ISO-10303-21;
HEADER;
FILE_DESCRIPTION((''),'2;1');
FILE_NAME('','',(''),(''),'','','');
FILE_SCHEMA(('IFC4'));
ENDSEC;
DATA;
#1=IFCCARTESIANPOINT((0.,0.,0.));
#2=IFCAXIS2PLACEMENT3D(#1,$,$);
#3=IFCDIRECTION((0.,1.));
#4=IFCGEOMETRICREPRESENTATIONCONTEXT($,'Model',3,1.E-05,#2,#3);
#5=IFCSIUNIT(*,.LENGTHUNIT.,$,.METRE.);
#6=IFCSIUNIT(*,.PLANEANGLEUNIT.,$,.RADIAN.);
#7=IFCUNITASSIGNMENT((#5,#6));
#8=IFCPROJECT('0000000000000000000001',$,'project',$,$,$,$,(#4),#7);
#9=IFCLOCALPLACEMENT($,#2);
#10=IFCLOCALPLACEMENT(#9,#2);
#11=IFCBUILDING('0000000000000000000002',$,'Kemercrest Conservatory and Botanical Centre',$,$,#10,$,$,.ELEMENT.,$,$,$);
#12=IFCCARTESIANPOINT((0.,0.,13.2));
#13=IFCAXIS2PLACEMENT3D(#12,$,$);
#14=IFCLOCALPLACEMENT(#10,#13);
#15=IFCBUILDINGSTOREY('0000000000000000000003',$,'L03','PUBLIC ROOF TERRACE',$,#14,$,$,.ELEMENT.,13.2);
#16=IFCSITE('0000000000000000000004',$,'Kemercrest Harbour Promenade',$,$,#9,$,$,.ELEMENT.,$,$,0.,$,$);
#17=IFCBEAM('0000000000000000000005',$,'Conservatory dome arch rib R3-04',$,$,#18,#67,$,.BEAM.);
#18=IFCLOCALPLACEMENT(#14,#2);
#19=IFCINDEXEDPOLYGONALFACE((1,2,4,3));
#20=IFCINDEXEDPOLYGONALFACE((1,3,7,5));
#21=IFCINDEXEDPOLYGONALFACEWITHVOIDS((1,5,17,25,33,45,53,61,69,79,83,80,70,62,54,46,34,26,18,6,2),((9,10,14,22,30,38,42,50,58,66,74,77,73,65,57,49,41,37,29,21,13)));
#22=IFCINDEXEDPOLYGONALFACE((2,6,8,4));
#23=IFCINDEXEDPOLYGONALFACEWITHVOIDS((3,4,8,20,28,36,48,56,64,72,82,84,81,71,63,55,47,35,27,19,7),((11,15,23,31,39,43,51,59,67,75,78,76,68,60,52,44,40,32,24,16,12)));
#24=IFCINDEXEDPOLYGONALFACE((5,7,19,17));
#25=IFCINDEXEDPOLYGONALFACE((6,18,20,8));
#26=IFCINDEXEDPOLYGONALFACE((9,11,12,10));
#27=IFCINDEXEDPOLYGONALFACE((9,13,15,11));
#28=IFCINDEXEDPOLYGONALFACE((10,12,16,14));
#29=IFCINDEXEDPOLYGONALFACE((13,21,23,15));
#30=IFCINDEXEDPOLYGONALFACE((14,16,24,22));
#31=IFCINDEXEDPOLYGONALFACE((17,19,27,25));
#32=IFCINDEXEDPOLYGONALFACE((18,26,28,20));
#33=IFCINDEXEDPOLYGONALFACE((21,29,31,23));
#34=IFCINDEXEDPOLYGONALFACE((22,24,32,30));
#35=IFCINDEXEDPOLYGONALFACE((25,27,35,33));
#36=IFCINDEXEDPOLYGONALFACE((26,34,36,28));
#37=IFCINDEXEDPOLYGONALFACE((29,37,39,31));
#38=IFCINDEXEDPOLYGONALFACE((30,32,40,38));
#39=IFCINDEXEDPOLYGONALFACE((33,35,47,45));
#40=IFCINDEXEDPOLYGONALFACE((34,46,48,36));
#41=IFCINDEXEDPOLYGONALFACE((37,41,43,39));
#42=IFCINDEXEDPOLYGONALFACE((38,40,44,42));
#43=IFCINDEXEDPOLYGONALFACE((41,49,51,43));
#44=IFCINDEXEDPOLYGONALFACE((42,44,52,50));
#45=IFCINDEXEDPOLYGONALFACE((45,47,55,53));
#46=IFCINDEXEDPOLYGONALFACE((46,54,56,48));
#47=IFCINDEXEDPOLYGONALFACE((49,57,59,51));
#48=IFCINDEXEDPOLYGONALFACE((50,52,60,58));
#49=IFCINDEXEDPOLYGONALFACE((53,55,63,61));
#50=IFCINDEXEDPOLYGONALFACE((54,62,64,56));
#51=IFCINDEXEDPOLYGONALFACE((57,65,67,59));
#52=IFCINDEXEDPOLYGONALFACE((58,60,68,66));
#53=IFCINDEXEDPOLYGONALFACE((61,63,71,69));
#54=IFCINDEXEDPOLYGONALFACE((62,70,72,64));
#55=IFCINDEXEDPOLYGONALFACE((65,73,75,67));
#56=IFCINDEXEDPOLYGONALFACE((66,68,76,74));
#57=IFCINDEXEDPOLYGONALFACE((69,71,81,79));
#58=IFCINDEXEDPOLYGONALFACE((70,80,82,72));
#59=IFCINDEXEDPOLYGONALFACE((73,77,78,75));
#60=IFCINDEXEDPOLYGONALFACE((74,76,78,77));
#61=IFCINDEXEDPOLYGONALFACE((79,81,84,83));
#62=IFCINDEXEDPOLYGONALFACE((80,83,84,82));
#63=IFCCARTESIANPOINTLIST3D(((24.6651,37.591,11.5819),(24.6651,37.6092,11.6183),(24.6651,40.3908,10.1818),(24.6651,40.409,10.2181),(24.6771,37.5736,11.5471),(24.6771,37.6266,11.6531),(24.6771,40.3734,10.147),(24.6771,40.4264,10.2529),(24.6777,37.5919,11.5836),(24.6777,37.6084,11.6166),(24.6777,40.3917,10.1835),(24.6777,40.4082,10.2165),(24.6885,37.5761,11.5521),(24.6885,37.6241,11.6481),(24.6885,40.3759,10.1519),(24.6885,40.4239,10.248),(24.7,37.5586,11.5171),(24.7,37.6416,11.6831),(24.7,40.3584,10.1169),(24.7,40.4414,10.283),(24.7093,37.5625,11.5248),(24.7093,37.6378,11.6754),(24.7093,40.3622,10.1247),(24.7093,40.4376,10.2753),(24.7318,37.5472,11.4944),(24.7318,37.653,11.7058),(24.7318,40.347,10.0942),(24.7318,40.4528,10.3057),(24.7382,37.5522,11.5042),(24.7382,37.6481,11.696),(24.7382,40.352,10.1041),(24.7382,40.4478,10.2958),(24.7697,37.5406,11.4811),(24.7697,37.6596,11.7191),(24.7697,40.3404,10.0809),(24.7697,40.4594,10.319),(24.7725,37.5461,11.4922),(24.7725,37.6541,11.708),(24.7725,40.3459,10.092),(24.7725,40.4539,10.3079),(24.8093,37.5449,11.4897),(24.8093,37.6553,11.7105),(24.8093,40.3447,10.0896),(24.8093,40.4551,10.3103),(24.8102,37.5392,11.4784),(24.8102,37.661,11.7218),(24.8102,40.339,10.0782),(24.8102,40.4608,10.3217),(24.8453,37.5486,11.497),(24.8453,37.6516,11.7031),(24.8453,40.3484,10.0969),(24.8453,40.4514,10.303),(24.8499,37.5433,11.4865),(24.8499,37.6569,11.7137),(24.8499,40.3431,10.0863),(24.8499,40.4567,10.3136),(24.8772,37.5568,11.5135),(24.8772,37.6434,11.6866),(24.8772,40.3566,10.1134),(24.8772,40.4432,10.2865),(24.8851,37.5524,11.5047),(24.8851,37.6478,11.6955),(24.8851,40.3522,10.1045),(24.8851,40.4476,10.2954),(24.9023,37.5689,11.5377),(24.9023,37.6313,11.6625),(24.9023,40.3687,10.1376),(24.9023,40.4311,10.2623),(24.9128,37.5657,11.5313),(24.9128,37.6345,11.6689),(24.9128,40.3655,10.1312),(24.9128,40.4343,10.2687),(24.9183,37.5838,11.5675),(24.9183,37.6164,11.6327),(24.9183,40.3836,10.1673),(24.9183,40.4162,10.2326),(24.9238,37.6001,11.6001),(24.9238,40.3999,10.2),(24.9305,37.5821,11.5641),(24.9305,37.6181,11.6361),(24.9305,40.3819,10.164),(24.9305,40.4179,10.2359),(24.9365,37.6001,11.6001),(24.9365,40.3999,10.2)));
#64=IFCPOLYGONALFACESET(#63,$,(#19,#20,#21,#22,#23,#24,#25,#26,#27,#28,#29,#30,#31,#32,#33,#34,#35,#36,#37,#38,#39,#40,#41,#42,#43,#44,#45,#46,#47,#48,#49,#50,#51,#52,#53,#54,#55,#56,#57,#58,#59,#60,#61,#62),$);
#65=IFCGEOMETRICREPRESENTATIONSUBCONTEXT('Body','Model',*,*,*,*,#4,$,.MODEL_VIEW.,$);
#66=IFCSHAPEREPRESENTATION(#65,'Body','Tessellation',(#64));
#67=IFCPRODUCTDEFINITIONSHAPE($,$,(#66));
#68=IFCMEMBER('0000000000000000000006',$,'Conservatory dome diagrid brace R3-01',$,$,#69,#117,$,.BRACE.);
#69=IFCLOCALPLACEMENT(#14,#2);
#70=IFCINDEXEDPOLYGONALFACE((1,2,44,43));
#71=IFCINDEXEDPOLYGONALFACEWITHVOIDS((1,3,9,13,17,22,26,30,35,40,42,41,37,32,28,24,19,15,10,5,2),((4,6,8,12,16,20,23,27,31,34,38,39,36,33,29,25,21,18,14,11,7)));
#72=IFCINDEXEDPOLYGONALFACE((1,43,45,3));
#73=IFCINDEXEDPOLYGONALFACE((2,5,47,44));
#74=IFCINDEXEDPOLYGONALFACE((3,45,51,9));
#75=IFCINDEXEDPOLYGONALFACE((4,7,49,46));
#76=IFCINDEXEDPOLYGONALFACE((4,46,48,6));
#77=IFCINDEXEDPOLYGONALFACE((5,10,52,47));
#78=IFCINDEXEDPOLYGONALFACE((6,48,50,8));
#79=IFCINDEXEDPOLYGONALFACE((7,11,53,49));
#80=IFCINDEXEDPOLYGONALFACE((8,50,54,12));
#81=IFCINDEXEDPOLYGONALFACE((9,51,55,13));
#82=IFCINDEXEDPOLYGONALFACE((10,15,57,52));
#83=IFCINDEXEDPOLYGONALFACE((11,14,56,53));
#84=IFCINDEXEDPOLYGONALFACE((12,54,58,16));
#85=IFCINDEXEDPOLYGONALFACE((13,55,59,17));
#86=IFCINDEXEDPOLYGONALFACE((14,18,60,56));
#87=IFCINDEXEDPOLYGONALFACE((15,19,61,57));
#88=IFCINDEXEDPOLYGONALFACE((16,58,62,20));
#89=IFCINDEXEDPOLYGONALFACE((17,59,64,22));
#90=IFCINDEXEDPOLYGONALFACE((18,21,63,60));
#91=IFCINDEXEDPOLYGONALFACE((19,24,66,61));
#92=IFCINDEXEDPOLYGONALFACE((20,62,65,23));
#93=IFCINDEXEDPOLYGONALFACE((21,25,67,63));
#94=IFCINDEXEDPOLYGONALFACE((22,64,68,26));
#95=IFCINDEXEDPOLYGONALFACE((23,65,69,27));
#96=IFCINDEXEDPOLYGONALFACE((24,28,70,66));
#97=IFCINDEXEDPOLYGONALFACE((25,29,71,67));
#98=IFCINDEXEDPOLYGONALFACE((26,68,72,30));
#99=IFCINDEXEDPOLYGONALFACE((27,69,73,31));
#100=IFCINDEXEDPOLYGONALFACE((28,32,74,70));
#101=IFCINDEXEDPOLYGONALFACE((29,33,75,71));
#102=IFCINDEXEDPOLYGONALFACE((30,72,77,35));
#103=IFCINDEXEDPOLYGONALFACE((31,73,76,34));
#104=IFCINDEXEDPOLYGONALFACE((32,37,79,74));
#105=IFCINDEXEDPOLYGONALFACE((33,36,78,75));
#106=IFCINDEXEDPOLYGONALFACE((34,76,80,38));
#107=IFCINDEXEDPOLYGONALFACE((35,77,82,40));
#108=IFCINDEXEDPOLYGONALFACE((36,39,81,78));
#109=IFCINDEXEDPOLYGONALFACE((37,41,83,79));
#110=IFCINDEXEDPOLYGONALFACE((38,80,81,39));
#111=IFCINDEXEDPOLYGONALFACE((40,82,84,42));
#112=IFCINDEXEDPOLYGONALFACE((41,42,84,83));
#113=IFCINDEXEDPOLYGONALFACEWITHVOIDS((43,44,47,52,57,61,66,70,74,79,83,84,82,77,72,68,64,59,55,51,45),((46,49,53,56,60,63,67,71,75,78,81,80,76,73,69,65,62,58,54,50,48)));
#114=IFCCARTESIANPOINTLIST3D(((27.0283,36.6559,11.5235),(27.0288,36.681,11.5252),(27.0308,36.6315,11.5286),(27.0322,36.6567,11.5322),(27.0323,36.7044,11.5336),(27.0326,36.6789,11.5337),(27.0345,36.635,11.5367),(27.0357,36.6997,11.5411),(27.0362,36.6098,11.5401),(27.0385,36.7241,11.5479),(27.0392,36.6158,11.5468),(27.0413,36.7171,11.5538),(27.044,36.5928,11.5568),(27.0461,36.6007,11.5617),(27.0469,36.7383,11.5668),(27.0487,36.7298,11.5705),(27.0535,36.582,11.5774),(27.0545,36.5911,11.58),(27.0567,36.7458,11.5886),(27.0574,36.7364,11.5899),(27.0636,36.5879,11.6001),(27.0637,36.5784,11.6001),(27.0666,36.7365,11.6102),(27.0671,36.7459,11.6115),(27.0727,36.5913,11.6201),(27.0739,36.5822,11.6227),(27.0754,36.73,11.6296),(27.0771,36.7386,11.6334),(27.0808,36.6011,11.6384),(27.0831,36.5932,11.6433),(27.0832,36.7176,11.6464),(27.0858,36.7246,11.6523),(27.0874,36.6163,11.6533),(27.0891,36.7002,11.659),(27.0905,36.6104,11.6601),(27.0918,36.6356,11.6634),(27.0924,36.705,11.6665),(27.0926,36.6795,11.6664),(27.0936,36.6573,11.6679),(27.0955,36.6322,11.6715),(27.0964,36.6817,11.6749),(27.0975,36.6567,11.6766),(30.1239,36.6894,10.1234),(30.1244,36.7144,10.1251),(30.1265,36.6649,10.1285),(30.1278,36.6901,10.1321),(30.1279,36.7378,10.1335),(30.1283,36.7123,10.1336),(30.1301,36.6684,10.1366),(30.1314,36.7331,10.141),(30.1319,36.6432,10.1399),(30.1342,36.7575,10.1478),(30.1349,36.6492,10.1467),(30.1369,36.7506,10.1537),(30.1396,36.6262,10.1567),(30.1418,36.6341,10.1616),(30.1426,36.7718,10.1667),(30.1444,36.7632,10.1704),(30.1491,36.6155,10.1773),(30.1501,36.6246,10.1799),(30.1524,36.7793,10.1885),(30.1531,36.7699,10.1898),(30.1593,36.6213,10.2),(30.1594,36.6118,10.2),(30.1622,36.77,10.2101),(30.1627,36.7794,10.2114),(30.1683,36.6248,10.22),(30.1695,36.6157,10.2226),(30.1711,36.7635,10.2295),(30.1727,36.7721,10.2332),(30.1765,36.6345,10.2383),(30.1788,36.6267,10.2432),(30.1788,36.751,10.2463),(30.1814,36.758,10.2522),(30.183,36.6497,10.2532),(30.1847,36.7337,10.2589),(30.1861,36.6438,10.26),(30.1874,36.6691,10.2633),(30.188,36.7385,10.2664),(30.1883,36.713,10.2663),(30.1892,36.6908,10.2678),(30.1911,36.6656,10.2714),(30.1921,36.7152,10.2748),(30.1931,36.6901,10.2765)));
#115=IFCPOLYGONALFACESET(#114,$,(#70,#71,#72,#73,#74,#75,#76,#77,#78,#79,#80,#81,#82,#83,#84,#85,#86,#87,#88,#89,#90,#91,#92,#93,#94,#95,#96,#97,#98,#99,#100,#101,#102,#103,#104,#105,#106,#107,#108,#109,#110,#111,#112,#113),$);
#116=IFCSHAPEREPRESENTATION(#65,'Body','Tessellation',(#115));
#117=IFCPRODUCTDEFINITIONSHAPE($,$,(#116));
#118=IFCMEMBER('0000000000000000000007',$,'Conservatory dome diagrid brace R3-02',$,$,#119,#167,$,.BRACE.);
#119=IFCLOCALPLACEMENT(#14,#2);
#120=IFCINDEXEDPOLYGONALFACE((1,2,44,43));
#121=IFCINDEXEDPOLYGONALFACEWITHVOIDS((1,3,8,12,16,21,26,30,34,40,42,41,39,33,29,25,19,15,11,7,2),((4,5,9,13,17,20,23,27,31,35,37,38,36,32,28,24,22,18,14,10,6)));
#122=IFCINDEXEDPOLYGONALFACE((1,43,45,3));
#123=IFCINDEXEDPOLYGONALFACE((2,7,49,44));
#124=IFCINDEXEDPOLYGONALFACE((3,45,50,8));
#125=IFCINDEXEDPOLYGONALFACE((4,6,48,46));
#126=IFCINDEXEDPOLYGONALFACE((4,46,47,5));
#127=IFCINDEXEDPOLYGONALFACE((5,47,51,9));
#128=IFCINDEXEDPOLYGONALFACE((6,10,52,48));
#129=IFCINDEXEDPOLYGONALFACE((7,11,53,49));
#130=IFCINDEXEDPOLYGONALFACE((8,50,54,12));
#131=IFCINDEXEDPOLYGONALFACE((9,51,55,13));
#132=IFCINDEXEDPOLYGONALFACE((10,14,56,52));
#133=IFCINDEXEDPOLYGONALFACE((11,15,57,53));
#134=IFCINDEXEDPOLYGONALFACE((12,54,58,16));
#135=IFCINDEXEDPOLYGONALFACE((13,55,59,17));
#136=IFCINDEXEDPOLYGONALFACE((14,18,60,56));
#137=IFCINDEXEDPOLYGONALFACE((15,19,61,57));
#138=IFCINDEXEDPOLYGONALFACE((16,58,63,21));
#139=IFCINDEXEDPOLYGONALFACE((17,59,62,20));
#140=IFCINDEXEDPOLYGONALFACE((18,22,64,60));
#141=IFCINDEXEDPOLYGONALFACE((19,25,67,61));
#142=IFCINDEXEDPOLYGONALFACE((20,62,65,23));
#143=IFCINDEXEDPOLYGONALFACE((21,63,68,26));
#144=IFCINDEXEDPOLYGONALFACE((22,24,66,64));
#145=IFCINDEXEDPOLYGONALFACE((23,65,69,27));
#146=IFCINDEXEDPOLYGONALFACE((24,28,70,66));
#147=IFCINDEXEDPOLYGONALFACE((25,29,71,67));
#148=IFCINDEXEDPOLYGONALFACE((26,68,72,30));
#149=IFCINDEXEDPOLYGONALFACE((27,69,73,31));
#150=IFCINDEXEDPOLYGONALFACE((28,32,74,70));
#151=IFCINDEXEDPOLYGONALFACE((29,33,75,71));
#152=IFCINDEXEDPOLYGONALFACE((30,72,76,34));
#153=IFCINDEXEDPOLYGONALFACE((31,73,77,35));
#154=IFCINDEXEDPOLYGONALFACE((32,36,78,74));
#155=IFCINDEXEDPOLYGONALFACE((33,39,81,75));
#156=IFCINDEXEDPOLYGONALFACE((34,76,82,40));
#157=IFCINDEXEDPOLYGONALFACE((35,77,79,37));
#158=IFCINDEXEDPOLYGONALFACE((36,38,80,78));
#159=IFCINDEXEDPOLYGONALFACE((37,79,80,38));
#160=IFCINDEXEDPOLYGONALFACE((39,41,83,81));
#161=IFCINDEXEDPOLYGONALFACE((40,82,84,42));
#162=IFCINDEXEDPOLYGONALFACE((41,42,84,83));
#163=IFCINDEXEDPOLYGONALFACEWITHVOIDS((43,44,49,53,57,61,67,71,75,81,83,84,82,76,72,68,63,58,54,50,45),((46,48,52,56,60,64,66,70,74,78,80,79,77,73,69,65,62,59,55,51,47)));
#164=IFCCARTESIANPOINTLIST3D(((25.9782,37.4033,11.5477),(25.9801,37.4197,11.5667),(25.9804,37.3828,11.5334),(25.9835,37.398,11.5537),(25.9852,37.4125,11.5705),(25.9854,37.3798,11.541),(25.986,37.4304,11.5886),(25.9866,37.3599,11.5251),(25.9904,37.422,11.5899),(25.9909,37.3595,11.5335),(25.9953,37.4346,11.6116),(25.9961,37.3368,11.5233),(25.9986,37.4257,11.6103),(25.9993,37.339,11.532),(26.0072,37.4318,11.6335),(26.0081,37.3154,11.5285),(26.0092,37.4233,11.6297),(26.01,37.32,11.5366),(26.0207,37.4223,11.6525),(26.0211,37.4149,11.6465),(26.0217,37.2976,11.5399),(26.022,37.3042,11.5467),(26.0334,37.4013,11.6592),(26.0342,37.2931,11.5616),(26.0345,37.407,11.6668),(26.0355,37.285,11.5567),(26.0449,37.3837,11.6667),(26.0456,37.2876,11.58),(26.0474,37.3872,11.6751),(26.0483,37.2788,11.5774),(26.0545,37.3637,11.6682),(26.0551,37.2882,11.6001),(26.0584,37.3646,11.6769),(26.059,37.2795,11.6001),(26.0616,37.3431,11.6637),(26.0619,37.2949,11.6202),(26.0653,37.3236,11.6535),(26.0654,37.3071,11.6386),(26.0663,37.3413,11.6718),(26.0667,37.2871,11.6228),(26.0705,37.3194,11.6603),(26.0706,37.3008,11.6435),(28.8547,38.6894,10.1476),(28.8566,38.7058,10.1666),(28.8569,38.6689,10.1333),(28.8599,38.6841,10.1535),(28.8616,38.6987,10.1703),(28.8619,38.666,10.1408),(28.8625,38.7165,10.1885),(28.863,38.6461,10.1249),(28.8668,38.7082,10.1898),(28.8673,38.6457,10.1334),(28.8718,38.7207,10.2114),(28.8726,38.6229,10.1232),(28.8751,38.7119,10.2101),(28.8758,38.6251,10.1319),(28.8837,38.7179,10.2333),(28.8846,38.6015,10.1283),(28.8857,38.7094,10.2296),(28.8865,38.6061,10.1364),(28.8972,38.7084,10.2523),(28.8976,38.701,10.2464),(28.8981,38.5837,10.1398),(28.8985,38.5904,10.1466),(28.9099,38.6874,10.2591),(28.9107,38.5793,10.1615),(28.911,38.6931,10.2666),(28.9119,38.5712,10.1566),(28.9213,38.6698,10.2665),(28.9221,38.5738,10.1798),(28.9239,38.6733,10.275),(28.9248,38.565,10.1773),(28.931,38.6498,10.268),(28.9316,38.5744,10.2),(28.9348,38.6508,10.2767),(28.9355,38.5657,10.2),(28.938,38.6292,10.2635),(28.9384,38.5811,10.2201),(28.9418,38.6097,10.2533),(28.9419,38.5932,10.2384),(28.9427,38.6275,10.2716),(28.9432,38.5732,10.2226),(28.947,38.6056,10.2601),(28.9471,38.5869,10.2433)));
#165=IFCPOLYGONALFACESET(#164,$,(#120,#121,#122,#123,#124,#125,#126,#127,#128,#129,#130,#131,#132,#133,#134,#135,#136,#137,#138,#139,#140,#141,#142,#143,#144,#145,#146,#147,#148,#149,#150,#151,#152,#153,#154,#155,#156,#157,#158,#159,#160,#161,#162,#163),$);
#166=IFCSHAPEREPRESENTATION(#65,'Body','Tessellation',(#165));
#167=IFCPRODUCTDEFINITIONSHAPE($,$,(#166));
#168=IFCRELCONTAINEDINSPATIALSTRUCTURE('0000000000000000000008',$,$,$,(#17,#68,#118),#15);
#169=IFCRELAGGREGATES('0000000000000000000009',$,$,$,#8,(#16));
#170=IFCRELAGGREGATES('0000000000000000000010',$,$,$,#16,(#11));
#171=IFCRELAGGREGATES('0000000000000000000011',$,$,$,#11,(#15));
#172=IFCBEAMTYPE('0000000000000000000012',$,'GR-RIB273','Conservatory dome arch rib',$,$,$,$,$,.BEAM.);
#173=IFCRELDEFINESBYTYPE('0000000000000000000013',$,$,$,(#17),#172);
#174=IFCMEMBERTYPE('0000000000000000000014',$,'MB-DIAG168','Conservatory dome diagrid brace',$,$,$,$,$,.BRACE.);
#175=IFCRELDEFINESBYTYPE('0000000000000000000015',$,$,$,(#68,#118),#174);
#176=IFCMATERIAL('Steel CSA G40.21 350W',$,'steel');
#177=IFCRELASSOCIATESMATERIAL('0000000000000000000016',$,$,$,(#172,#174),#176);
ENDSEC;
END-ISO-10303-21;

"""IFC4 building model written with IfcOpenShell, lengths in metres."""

from ifc_helpers import new_model, si_unit, direction, frame, origin, origin_2d, place, context, subcontext, project, spatial, hollow_circle, extrude, material, material_profile, profile_set, type_object, element, save


model = new_model("IFC4")

# Units and contexts
model_context = context("Model", 3, precision=1e-05, world=origin(), true_north=direction((0.0, 1.0)))
body_context = subcontext(model_context, "Body", "Model", "MODEL_VIEW")
ifc_project = project(units=[si_unit("LENGTHUNIT", "METRE"), si_unit("PLANEANGLEUNIT", "RADIAN")], contexts=[model_context])

# Site, building, storey
site_placement = place(None, origin())
site = spatial("IfcSite", under=ifc_project, at=site_placement, Name="Kemercrest Harbour Promenade", CompositionType="ELEMENT", RefElevation=0.0)
building_placement = place(site_placement, origin())
building = spatial("IfcBuilding", under=site, at=building_placement, Name="Kemercrest Conservatory and Botanical Centre", CompositionType="ELEMENT")
storey_placement = place(building_placement, frame((0.0, 0.0, 13.2)))
storey = spatial("IfcBuildingStorey", under=building, at=storey_placement, Name="L03", Description="PUBLIC ROOF TERRACE", CompositionType="ELEMENT", Elevation=13.2)

# Beam
ifc_material_1 = material(Name="Steel CSA G40.21 350W", Category="steel")
ifc_material_profile_1 = material_profile(ifc_material_1, hollow_circle(Radius=0.1365, WallThickness=0.0127, at=origin_2d()), Name="CHS 273.1x12.7")
ifc_profile_set_1 = profile_set([ifc_material_profile_1], Name="Steel CSA G40.21 350W")
beam_type = type_object("IfcBeamType", Name="GR-RIB273", Description="Conservatory dome arch rib", PredefinedType="BEAM", material=ifc_profile_set_1)
beam_1_placement = place(storey_placement, frame((24.8, 40.3999, 10.2), z_axis=(0.0, -0.894396, 0.447276), x_axis=(1.0, 0.0, 0.0)))
element("IfcBeam", 1, at=beam_1_placement, inside=storey, type_object=beam_type, Name="Conservatory dome arch rib R3-04", PredefinedType="BEAM", context=body_context, shape_type="SweptSolid", body=[
    extrude(hollow_circle(Radius=0.1365, WallThickness=0.0127, at=origin_2d()), origin(), (0.0, 0.0, 1.0), 3.1304),
])

# Members
ifc_material_profile_2 = material_profile(ifc_material_1, hollow_circle(Radius=0.0842, WallThickness=0.0095, at=origin_2d()), Name="CHS 168.3x9.5")
ifc_profile_set_2 = profile_set([ifc_material_profile_2], Name="Steel CSA G40.21 350W")
member_type_1 = type_object("IfcMemberType", Name="MB-DIAG168", Description="Conservatory dome diagrid brace", PredefinedType="BRACE", material=ifc_profile_set_2)
member_1_placement = place(storey_placement, frame((30.1584, 36.696, 10.2), z_axis=(-0.911096, -0.009844, 0.412077), x_axis=(0.010804, -0.999942, 0.0)))
element("IfcMember", 2, at=member_1_placement, inside=storey, type_object=member_type_1, Name="Conservatory dome diagrid brace R3-01", PredefinedType="BRACE", context=body_context, shape_type="SweptSolid", body=[
    extrude(hollow_circle(Radius=0.0842, WallThickness=0.0095, at=origin_2d()), origin(), (0.0, 0.0, 1.0), 3.3977),
])
member_2_placement = place(storey_placement, frame((28.9011, 38.6426, 10.2), z_axis=(-0.834245, -0.37301, 0.406077), x_axis=(0.408179, -0.912902, 0.0)))
element("IfcMember", 3, at=member_2_placement, inside=storey, type_object=member_type_1, Name="Conservatory dome diagrid brace R3-02", PredefinedType="BRACE", context=body_context, shape_type="SweptSolid", body=[
    extrude(hollow_circle(Radius=0.0842, WallThickness=0.0095, at=origin_2d()), origin(), (0.0, 0.0, 1.0), 3.448),
])

save(model, "model.ifc")
